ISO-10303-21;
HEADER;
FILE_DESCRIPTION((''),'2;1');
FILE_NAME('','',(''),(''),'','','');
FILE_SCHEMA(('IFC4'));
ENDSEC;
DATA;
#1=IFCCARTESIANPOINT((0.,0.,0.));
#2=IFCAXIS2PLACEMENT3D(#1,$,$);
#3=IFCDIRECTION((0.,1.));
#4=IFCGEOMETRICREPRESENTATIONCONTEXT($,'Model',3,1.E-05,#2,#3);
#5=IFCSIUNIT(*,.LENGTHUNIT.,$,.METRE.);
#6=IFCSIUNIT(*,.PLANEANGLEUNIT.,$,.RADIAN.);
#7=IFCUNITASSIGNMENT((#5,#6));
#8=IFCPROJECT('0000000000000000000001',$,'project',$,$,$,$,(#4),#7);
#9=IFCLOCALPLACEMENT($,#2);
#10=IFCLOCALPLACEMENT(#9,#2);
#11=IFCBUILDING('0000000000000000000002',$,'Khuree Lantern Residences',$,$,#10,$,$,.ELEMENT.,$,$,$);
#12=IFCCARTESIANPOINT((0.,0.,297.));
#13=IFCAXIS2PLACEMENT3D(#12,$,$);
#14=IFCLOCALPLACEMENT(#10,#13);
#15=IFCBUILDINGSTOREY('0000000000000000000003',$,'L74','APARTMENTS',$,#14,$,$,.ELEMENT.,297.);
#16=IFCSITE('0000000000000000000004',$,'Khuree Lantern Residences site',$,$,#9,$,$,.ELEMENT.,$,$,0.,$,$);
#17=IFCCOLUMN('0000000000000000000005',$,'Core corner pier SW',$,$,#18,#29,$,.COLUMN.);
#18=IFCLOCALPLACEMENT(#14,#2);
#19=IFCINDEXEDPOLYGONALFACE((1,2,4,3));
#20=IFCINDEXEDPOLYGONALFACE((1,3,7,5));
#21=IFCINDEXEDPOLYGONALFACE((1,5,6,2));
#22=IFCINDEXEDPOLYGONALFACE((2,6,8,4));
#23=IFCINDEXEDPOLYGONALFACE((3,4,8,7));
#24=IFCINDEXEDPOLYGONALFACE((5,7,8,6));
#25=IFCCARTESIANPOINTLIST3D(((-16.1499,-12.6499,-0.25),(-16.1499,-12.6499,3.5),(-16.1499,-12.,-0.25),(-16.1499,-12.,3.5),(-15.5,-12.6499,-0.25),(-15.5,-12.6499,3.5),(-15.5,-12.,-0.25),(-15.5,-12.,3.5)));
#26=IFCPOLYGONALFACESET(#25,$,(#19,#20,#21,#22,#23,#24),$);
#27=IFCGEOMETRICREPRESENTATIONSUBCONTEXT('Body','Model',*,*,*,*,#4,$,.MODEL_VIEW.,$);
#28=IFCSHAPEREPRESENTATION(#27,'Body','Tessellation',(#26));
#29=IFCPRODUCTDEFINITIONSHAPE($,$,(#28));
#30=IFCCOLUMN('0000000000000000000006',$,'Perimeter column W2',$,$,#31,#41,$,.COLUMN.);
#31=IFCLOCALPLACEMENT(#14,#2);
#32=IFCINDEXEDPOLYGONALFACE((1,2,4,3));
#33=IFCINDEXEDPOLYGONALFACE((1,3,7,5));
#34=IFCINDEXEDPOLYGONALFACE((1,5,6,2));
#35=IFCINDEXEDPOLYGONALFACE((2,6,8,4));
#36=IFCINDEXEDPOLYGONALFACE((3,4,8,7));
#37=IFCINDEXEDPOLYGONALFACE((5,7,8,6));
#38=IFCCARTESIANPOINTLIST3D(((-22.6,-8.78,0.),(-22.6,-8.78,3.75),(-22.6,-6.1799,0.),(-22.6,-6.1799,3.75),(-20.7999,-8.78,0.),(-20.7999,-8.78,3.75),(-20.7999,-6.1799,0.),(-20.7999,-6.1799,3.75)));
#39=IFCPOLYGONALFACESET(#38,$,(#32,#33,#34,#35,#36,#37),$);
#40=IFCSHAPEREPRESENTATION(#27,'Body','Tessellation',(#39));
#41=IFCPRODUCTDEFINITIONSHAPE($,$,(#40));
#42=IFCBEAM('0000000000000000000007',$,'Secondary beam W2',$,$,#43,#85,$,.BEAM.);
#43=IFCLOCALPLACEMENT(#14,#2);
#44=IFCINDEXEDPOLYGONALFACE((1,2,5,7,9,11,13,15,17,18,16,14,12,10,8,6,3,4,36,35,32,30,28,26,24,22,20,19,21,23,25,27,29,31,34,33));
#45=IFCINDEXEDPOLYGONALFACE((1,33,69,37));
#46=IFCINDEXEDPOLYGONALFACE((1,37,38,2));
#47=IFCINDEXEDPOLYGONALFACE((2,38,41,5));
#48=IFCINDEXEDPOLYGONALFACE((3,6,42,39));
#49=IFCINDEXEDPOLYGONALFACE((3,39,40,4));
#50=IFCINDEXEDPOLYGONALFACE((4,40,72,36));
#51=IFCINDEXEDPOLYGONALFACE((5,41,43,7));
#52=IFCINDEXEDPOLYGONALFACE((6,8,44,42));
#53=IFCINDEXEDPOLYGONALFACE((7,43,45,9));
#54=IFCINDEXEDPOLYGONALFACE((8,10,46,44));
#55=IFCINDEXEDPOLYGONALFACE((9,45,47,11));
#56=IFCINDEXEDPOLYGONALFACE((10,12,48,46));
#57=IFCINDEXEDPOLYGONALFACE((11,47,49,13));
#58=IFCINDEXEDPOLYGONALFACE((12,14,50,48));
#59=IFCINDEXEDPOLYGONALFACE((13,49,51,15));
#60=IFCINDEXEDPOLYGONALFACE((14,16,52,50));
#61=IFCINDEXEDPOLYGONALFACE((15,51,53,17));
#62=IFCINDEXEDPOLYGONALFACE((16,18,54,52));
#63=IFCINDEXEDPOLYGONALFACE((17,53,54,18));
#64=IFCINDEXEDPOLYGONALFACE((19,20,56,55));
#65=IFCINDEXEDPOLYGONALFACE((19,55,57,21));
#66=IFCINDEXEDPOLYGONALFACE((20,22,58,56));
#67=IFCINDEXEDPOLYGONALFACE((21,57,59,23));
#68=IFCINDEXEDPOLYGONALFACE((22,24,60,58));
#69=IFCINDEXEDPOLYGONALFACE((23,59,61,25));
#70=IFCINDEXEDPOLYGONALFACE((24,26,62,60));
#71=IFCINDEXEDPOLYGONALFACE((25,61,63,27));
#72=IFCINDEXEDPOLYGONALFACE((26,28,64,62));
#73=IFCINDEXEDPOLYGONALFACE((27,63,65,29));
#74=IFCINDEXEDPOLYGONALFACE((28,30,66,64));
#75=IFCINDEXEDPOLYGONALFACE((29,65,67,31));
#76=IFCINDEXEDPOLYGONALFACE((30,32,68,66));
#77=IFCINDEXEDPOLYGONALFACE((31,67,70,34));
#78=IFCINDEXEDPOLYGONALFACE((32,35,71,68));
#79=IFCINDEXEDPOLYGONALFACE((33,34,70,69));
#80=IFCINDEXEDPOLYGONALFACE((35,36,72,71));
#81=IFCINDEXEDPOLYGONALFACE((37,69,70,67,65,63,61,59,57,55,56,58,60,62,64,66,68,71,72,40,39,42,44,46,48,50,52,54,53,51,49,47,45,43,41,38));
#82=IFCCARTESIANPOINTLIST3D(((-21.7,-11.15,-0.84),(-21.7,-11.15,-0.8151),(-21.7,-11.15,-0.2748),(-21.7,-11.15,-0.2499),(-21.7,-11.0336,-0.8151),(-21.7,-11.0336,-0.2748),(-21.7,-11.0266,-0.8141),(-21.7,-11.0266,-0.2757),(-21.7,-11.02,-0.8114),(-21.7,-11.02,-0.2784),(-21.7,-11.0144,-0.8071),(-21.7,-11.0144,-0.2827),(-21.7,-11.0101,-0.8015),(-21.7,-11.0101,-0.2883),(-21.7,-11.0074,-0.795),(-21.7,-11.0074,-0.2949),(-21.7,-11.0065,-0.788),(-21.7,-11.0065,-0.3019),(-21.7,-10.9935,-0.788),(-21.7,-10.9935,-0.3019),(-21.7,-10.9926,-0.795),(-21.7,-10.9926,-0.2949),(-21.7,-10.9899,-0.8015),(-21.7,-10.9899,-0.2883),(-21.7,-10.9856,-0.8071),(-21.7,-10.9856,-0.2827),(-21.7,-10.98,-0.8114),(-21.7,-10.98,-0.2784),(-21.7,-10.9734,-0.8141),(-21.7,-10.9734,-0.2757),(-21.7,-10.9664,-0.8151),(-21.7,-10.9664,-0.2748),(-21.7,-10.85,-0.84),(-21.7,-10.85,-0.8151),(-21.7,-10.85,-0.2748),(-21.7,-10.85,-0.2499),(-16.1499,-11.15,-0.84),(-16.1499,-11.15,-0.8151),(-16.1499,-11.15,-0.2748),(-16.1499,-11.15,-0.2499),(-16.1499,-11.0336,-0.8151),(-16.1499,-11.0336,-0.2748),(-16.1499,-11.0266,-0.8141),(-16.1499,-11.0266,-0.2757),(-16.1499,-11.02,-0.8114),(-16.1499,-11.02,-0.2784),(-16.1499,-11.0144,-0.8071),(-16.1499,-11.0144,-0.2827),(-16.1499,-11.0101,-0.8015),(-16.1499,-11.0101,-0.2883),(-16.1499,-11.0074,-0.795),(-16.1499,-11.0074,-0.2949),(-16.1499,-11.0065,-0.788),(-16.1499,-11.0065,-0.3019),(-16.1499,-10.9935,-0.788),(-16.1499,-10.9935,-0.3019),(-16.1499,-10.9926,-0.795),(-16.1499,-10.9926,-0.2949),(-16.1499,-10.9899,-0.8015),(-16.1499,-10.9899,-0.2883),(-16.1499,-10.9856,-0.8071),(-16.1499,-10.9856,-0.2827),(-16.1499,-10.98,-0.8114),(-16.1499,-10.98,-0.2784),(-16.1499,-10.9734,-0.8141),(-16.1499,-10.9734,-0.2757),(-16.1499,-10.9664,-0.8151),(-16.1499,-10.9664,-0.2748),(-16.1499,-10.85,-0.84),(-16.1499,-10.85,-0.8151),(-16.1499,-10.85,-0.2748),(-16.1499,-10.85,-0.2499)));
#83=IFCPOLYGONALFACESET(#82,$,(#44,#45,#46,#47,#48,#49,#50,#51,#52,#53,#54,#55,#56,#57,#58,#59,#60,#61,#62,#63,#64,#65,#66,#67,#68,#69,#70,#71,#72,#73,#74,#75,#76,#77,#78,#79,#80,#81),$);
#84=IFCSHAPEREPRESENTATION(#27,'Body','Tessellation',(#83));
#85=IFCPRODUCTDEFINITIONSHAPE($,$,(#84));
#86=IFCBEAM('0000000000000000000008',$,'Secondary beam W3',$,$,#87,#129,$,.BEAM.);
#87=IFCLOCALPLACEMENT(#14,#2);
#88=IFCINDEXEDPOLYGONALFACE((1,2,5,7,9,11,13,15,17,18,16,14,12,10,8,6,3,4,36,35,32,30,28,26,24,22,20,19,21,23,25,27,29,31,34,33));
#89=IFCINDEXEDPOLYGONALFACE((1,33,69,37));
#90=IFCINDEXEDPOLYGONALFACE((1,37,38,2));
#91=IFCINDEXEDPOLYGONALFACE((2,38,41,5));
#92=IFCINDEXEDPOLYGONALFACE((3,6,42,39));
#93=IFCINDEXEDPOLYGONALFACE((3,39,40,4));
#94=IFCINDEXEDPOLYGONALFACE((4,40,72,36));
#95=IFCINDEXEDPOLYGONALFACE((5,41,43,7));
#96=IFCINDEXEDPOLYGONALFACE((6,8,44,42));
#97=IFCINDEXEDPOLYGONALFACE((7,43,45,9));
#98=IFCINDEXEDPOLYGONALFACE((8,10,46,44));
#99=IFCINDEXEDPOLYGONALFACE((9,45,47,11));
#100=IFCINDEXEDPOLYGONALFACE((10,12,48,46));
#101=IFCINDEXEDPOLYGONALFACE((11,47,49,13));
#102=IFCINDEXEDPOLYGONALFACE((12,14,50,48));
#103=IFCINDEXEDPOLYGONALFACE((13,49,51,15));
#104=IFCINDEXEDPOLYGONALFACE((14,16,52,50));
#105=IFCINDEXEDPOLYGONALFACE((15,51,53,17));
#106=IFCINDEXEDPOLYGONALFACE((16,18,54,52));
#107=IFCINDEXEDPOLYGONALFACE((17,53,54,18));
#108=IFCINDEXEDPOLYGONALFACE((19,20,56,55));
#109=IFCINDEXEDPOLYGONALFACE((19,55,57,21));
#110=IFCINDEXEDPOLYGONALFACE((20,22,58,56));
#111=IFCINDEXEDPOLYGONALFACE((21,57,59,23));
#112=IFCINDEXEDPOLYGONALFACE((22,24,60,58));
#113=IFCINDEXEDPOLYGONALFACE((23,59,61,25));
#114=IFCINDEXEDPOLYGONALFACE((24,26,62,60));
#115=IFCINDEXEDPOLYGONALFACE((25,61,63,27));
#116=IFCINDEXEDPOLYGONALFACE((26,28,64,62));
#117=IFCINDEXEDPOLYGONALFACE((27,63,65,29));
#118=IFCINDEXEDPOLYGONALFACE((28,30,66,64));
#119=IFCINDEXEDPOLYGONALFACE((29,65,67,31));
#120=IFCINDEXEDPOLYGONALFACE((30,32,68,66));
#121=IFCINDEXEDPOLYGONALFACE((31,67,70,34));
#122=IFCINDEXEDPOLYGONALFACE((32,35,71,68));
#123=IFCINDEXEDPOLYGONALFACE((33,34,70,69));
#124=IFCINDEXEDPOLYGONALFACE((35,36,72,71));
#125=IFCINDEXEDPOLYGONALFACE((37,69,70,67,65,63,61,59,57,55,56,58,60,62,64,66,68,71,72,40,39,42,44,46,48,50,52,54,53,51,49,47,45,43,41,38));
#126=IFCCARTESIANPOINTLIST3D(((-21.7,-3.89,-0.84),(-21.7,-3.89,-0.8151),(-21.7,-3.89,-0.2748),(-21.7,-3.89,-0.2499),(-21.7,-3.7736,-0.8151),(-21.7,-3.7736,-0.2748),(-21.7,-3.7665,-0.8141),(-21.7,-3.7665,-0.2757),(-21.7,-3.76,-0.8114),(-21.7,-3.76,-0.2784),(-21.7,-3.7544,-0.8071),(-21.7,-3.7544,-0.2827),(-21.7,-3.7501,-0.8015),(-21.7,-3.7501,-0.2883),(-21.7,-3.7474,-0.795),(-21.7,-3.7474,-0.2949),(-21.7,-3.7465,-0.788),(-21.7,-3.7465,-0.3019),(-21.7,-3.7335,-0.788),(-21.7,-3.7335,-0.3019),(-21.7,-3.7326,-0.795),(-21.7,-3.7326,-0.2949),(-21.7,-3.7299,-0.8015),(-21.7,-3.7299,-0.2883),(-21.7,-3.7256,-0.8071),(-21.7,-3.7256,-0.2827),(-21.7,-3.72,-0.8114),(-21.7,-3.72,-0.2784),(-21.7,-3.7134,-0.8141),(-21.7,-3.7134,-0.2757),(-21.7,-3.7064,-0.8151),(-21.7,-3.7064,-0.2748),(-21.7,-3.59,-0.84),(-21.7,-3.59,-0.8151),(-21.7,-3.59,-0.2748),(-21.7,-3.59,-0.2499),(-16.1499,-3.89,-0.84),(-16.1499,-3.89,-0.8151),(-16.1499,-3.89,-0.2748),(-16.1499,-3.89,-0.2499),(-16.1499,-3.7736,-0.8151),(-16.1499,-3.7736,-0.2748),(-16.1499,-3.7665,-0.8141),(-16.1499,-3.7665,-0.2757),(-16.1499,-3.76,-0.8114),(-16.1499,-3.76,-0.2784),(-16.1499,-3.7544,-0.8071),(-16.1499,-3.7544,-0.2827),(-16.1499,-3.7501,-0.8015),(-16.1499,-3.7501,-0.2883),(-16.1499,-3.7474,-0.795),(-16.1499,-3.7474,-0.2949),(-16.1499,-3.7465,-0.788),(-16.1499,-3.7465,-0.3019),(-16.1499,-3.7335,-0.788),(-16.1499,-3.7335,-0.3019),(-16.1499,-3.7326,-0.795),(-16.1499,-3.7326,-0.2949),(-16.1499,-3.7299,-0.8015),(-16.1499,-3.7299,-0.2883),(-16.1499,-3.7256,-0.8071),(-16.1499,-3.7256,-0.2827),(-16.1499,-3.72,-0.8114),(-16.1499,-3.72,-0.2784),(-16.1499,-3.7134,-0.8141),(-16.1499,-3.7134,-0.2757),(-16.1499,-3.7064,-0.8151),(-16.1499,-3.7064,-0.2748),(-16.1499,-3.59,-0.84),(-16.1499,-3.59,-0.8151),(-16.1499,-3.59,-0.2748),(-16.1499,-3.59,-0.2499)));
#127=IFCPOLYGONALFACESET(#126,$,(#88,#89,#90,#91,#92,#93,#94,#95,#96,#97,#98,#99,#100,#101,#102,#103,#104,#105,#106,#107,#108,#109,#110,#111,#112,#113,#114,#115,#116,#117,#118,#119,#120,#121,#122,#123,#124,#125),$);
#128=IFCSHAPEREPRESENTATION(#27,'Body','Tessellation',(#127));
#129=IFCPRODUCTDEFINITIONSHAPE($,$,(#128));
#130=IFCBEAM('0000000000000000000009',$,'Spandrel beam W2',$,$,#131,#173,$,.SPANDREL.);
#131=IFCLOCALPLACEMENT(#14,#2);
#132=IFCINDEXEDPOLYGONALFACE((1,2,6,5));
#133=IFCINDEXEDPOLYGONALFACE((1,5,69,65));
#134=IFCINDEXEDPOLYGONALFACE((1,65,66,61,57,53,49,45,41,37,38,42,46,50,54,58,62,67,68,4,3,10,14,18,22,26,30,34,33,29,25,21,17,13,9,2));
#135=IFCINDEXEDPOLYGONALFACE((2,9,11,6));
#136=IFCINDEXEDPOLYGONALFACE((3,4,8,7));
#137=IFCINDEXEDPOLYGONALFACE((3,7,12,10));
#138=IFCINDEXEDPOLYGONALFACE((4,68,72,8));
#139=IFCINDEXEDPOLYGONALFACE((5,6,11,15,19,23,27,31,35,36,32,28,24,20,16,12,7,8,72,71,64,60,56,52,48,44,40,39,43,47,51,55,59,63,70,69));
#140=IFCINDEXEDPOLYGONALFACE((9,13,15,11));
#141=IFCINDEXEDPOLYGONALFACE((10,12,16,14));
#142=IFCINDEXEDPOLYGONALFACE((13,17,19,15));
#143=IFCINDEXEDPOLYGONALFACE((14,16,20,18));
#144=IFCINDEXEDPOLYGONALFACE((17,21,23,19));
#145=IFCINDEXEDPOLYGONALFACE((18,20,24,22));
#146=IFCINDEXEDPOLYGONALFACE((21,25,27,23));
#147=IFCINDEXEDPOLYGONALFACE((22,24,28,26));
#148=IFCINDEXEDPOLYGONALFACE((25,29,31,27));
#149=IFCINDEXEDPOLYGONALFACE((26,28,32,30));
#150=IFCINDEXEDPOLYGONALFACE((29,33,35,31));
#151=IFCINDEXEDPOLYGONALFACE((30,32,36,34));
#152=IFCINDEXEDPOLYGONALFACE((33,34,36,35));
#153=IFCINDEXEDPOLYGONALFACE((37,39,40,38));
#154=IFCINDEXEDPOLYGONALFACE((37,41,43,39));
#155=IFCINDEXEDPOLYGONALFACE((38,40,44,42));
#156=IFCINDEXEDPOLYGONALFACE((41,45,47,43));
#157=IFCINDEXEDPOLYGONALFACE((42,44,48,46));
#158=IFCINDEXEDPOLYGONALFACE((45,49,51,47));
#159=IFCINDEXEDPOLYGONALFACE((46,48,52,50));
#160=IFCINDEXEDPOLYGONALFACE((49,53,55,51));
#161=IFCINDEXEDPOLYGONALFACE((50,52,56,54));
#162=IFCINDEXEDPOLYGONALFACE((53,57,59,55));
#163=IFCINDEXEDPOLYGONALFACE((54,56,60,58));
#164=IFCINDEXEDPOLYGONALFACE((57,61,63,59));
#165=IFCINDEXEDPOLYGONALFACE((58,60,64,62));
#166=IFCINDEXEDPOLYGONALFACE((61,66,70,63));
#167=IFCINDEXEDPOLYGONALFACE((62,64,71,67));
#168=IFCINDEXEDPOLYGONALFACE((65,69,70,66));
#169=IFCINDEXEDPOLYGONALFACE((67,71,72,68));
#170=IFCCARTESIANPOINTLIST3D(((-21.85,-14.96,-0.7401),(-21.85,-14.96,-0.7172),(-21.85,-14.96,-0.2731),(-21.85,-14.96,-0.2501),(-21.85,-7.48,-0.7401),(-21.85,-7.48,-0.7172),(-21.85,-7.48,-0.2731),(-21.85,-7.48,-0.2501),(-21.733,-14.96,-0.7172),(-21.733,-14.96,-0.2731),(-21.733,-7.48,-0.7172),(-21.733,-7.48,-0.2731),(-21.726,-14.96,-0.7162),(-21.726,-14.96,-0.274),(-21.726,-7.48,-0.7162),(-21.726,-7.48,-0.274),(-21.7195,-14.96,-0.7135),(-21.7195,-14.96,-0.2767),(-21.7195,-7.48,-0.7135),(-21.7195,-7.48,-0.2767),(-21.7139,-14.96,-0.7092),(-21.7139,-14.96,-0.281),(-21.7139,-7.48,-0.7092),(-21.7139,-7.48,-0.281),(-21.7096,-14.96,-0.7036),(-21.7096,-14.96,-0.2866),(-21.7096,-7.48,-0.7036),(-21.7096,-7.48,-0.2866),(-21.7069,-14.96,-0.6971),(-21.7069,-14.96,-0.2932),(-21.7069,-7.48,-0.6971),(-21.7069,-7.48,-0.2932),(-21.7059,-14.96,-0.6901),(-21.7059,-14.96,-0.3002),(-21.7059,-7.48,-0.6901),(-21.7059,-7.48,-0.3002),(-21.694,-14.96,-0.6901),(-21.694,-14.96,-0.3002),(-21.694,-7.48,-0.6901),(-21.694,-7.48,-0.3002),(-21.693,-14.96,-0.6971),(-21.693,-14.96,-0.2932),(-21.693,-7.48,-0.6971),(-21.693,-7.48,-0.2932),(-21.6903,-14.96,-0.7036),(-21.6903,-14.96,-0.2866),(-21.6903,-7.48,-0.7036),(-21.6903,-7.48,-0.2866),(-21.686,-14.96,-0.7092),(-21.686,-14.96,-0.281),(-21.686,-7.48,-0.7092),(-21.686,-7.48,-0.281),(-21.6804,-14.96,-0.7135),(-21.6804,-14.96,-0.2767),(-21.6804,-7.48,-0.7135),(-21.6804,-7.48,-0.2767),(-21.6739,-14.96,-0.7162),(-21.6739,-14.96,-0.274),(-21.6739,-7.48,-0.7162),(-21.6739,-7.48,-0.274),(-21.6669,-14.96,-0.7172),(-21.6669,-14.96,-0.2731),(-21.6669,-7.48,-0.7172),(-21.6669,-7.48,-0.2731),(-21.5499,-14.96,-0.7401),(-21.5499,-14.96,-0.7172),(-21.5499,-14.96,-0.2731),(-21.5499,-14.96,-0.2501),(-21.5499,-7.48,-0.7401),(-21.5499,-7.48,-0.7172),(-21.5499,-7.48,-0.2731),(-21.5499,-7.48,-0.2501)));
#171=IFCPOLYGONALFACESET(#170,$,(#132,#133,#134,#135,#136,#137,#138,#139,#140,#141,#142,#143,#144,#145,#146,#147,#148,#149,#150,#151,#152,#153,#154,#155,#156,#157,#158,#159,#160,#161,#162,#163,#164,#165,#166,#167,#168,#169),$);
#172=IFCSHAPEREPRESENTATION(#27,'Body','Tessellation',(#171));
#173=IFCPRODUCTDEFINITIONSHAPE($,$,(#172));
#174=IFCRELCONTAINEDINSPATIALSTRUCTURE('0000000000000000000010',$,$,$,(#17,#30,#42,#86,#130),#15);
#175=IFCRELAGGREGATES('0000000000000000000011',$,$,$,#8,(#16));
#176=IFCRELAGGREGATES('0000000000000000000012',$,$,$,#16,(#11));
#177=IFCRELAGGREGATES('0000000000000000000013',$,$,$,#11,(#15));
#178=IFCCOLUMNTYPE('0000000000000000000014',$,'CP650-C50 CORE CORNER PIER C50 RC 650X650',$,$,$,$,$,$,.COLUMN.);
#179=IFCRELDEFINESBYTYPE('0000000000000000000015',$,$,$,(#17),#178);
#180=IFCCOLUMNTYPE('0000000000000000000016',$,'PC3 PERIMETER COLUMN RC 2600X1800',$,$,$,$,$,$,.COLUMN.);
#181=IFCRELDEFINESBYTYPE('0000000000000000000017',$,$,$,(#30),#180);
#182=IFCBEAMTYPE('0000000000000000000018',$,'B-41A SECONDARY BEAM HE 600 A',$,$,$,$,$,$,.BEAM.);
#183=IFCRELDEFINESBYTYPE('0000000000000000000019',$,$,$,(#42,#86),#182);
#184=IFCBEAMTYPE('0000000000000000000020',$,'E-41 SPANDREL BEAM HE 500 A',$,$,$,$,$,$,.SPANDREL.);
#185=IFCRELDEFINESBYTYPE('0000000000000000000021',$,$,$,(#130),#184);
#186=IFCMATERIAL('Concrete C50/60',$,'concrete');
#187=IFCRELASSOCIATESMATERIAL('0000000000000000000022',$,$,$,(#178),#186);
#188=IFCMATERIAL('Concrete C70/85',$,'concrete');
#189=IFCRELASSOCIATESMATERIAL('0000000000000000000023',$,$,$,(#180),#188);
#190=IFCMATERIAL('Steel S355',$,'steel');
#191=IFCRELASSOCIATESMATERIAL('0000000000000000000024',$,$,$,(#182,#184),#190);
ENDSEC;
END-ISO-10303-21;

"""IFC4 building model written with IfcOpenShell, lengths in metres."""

from ifc_helpers import new_model, si_unit, direction, frame, origin, origin_2d, place, context, subcontext, project, spatial, rectangle, i_section, extrude, material, material_profile, profile_set, type_object, element, save


model = new_model("IFC4")

# Units and contexts
model_context = context("Model", 3, precision=1e-05, world=origin(), true_north=direction((0.0, 1.0)))
body_context = subcontext(model_context, "Body", "Model", "MODEL_VIEW")
ifc_project = project(units=[si_unit("LENGTHUNIT", "METRE"), si_unit("PLANEANGLEUNIT", "RADIAN")], contexts=[model_context])

# Site, building, storey
site_placement = place(None, origin())
site = spatial("IfcSite", under=ifc_project, at=site_placement, Name="Khuree Lantern Residences site", CompositionType="ELEMENT", RefElevation=0.0)
building_placement = place(site_placement, origin())
building = spatial("IfcBuilding", under=site, at=building_placement, Name="Khuree Lantern Residences", CompositionType="ELEMENT")
storey_placement = place(building_placement, frame((0.0, 0.0, 297.0)))
storey = spatial("IfcBuildingStorey", under=building, at=storey_placement, Name="L74", Description="APARTMENTS", CompositionType="ELEMENT", Elevation=297.0)

# Columns
ifc_material_1 = material(Name="Concrete C50/60", Category="concrete")
ifc_material_profile_1 = material_profile(ifc_material_1, rectangle(XDim=0.6499, YDim=0.6499, at=origin_2d()), Name="RC 650X650")
ifc_profile_set_1 = profile_set([ifc_material_profile_1], Name="Concrete C50/60")
column_type_1 = type_object("IfcColumnType", Name="CP650-C50 CORE CORNER PIER C50 RC 650X650", PredefinedType="COLUMN", material=ifc_profile_set_1)
column_1_placement = place(storey_placement, frame((-15.825, -12.325, -0.25), z_axis=(0.0, 0.0, 1.0), x_axis=(1.0, 0.0, 0.0)))
element("IfcColumn", 1, at=column_1_placement, inside=storey, type_object=column_type_1, Name="Core corner pier SW", PredefinedType="COLUMN", context=body_context, shape_type="SweptSolid", body=[
    extrude(rectangle(XDim=0.6499, YDim=0.6499, at=origin_2d()), origin(), (0.0, 0.0, 1.0), 3.75),
])
ifc_material_2 = material(Name="Concrete C70/85", Category="concrete")
ifc_material_profile_2 = material_profile(ifc_material_2, rectangle(XDim=2.6001, YDim=1.8, at=origin_2d()), Name="RC 2600X1800")
ifc_profile_set_2 = profile_set([ifc_material_profile_2], Name="Concrete C70/85")
column_type_2 = type_object("IfcColumnType", Name="PC3 PERIMETER COLUMN RC 2600X1800", PredefinedType="COLUMN", material=ifc_profile_set_2)
column_2_placement = place(storey_placement, frame((-21.7, -7.48, 0.0), z_axis=(0.0, 0.0, 1.0), x_axis=(0.0, 1.0, 0.0)))
element("IfcColumn", 2, at=column_2_placement, inside=storey, type_object=column_type_2, Name="Perimeter column W2", PredefinedType="COLUMN", context=body_context, shape_type="SweptSolid", body=[
    extrude(rectangle(XDim=2.6001, YDim=1.8, at=origin_2d()), origin(), (0.0, 0.0, 1.0), 3.75),
])

# Beams
ifc_material_3 = material(Name="Steel S355", Category="steel")
ifc_material_profile_3 = material_profile(ifc_material_3, i_section(OverallWidth=0.3, OverallDepth=0.5901, WebThickness=0.0129, FlangeThickness=0.0249, FilletRadius=0.0271, at=origin_2d()), Name="HE 600 A")
ifc_profile_set_3 = profile_set([ifc_material_profile_3], Name="Steel S355")
beam_type_1 = type_object("IfcBeamType", Name="B-41A SECONDARY BEAM HE 600 A", PredefinedType="BEAM", material=ifc_profile_set_3)
for number, where, z_axis, x_axis, name in (
    (3, (-21.7, -11.0, -0.5449), (1.0, 0.0, 0.0), (0.0, 1.0, 0.0), "Secondary beam W2"),
    (4, (-21.7, -3.74, -0.5449), (1.0, 0.0, 0.0), (0.0, 1.0, 0.0), "Secondary beam W3"),
):
    element("IfcBeam", number, at=place(storey_placement, frame(where, z_axis=z_axis, x_axis=x_axis)), inside=storey, type_object=beam_type_1, Name=name, PredefinedType="BEAM", context=body_context, shape_type="SweptSolid", body=[
        extrude(i_section(OverallWidth=0.3, OverallDepth=0.5901, WebThickness=0.0129, FlangeThickness=0.0249, FilletRadius=0.0271, at=origin_2d()), origin(), (0.0, 0.0, 1.0), 5.55),
    ])
ifc_material_profile_4 = material_profile(ifc_material_3, i_section(OverallWidth=0.3, OverallDepth=0.49, WebThickness=0.012, FlangeThickness=0.0229, FilletRadius=0.0271, at=origin_2d()), Name="HE 500 A")
ifc_profile_set_4 = profile_set([ifc_material_profile_4], Name="Steel S355")
beam_type_2 = type_object("IfcBeamType", Name="E-41 SPANDREL BEAM HE 500 A", PredefinedType="SPANDREL", material=ifc_profile_set_4)
for number, where, z_axis, x_axis, name in (
    (5, (-21.7, -14.96, -0.4951), (0.0, 1.0, 0.0), (-1.0, 0.0, 0.0), "Spandrel beam W2"),
):
    element("IfcBeam", number, at=place(storey_placement, frame(where, z_axis=z_axis, x_axis=x_axis)), inside=storey, type_object=beam_type_2, Name=name, PredefinedType="SPANDREL", context=body_context, shape_type="SweptSolid", body=[
        extrude(i_section(OverallWidth=0.3, OverallDepth=0.49, WebThickness=0.012, FlangeThickness=0.0229, FilletRadius=0.0271, at=origin_2d()), origin(), (0.0, 0.0, 1.0), 7.48),
    ])

save(model, "model.ifc")
